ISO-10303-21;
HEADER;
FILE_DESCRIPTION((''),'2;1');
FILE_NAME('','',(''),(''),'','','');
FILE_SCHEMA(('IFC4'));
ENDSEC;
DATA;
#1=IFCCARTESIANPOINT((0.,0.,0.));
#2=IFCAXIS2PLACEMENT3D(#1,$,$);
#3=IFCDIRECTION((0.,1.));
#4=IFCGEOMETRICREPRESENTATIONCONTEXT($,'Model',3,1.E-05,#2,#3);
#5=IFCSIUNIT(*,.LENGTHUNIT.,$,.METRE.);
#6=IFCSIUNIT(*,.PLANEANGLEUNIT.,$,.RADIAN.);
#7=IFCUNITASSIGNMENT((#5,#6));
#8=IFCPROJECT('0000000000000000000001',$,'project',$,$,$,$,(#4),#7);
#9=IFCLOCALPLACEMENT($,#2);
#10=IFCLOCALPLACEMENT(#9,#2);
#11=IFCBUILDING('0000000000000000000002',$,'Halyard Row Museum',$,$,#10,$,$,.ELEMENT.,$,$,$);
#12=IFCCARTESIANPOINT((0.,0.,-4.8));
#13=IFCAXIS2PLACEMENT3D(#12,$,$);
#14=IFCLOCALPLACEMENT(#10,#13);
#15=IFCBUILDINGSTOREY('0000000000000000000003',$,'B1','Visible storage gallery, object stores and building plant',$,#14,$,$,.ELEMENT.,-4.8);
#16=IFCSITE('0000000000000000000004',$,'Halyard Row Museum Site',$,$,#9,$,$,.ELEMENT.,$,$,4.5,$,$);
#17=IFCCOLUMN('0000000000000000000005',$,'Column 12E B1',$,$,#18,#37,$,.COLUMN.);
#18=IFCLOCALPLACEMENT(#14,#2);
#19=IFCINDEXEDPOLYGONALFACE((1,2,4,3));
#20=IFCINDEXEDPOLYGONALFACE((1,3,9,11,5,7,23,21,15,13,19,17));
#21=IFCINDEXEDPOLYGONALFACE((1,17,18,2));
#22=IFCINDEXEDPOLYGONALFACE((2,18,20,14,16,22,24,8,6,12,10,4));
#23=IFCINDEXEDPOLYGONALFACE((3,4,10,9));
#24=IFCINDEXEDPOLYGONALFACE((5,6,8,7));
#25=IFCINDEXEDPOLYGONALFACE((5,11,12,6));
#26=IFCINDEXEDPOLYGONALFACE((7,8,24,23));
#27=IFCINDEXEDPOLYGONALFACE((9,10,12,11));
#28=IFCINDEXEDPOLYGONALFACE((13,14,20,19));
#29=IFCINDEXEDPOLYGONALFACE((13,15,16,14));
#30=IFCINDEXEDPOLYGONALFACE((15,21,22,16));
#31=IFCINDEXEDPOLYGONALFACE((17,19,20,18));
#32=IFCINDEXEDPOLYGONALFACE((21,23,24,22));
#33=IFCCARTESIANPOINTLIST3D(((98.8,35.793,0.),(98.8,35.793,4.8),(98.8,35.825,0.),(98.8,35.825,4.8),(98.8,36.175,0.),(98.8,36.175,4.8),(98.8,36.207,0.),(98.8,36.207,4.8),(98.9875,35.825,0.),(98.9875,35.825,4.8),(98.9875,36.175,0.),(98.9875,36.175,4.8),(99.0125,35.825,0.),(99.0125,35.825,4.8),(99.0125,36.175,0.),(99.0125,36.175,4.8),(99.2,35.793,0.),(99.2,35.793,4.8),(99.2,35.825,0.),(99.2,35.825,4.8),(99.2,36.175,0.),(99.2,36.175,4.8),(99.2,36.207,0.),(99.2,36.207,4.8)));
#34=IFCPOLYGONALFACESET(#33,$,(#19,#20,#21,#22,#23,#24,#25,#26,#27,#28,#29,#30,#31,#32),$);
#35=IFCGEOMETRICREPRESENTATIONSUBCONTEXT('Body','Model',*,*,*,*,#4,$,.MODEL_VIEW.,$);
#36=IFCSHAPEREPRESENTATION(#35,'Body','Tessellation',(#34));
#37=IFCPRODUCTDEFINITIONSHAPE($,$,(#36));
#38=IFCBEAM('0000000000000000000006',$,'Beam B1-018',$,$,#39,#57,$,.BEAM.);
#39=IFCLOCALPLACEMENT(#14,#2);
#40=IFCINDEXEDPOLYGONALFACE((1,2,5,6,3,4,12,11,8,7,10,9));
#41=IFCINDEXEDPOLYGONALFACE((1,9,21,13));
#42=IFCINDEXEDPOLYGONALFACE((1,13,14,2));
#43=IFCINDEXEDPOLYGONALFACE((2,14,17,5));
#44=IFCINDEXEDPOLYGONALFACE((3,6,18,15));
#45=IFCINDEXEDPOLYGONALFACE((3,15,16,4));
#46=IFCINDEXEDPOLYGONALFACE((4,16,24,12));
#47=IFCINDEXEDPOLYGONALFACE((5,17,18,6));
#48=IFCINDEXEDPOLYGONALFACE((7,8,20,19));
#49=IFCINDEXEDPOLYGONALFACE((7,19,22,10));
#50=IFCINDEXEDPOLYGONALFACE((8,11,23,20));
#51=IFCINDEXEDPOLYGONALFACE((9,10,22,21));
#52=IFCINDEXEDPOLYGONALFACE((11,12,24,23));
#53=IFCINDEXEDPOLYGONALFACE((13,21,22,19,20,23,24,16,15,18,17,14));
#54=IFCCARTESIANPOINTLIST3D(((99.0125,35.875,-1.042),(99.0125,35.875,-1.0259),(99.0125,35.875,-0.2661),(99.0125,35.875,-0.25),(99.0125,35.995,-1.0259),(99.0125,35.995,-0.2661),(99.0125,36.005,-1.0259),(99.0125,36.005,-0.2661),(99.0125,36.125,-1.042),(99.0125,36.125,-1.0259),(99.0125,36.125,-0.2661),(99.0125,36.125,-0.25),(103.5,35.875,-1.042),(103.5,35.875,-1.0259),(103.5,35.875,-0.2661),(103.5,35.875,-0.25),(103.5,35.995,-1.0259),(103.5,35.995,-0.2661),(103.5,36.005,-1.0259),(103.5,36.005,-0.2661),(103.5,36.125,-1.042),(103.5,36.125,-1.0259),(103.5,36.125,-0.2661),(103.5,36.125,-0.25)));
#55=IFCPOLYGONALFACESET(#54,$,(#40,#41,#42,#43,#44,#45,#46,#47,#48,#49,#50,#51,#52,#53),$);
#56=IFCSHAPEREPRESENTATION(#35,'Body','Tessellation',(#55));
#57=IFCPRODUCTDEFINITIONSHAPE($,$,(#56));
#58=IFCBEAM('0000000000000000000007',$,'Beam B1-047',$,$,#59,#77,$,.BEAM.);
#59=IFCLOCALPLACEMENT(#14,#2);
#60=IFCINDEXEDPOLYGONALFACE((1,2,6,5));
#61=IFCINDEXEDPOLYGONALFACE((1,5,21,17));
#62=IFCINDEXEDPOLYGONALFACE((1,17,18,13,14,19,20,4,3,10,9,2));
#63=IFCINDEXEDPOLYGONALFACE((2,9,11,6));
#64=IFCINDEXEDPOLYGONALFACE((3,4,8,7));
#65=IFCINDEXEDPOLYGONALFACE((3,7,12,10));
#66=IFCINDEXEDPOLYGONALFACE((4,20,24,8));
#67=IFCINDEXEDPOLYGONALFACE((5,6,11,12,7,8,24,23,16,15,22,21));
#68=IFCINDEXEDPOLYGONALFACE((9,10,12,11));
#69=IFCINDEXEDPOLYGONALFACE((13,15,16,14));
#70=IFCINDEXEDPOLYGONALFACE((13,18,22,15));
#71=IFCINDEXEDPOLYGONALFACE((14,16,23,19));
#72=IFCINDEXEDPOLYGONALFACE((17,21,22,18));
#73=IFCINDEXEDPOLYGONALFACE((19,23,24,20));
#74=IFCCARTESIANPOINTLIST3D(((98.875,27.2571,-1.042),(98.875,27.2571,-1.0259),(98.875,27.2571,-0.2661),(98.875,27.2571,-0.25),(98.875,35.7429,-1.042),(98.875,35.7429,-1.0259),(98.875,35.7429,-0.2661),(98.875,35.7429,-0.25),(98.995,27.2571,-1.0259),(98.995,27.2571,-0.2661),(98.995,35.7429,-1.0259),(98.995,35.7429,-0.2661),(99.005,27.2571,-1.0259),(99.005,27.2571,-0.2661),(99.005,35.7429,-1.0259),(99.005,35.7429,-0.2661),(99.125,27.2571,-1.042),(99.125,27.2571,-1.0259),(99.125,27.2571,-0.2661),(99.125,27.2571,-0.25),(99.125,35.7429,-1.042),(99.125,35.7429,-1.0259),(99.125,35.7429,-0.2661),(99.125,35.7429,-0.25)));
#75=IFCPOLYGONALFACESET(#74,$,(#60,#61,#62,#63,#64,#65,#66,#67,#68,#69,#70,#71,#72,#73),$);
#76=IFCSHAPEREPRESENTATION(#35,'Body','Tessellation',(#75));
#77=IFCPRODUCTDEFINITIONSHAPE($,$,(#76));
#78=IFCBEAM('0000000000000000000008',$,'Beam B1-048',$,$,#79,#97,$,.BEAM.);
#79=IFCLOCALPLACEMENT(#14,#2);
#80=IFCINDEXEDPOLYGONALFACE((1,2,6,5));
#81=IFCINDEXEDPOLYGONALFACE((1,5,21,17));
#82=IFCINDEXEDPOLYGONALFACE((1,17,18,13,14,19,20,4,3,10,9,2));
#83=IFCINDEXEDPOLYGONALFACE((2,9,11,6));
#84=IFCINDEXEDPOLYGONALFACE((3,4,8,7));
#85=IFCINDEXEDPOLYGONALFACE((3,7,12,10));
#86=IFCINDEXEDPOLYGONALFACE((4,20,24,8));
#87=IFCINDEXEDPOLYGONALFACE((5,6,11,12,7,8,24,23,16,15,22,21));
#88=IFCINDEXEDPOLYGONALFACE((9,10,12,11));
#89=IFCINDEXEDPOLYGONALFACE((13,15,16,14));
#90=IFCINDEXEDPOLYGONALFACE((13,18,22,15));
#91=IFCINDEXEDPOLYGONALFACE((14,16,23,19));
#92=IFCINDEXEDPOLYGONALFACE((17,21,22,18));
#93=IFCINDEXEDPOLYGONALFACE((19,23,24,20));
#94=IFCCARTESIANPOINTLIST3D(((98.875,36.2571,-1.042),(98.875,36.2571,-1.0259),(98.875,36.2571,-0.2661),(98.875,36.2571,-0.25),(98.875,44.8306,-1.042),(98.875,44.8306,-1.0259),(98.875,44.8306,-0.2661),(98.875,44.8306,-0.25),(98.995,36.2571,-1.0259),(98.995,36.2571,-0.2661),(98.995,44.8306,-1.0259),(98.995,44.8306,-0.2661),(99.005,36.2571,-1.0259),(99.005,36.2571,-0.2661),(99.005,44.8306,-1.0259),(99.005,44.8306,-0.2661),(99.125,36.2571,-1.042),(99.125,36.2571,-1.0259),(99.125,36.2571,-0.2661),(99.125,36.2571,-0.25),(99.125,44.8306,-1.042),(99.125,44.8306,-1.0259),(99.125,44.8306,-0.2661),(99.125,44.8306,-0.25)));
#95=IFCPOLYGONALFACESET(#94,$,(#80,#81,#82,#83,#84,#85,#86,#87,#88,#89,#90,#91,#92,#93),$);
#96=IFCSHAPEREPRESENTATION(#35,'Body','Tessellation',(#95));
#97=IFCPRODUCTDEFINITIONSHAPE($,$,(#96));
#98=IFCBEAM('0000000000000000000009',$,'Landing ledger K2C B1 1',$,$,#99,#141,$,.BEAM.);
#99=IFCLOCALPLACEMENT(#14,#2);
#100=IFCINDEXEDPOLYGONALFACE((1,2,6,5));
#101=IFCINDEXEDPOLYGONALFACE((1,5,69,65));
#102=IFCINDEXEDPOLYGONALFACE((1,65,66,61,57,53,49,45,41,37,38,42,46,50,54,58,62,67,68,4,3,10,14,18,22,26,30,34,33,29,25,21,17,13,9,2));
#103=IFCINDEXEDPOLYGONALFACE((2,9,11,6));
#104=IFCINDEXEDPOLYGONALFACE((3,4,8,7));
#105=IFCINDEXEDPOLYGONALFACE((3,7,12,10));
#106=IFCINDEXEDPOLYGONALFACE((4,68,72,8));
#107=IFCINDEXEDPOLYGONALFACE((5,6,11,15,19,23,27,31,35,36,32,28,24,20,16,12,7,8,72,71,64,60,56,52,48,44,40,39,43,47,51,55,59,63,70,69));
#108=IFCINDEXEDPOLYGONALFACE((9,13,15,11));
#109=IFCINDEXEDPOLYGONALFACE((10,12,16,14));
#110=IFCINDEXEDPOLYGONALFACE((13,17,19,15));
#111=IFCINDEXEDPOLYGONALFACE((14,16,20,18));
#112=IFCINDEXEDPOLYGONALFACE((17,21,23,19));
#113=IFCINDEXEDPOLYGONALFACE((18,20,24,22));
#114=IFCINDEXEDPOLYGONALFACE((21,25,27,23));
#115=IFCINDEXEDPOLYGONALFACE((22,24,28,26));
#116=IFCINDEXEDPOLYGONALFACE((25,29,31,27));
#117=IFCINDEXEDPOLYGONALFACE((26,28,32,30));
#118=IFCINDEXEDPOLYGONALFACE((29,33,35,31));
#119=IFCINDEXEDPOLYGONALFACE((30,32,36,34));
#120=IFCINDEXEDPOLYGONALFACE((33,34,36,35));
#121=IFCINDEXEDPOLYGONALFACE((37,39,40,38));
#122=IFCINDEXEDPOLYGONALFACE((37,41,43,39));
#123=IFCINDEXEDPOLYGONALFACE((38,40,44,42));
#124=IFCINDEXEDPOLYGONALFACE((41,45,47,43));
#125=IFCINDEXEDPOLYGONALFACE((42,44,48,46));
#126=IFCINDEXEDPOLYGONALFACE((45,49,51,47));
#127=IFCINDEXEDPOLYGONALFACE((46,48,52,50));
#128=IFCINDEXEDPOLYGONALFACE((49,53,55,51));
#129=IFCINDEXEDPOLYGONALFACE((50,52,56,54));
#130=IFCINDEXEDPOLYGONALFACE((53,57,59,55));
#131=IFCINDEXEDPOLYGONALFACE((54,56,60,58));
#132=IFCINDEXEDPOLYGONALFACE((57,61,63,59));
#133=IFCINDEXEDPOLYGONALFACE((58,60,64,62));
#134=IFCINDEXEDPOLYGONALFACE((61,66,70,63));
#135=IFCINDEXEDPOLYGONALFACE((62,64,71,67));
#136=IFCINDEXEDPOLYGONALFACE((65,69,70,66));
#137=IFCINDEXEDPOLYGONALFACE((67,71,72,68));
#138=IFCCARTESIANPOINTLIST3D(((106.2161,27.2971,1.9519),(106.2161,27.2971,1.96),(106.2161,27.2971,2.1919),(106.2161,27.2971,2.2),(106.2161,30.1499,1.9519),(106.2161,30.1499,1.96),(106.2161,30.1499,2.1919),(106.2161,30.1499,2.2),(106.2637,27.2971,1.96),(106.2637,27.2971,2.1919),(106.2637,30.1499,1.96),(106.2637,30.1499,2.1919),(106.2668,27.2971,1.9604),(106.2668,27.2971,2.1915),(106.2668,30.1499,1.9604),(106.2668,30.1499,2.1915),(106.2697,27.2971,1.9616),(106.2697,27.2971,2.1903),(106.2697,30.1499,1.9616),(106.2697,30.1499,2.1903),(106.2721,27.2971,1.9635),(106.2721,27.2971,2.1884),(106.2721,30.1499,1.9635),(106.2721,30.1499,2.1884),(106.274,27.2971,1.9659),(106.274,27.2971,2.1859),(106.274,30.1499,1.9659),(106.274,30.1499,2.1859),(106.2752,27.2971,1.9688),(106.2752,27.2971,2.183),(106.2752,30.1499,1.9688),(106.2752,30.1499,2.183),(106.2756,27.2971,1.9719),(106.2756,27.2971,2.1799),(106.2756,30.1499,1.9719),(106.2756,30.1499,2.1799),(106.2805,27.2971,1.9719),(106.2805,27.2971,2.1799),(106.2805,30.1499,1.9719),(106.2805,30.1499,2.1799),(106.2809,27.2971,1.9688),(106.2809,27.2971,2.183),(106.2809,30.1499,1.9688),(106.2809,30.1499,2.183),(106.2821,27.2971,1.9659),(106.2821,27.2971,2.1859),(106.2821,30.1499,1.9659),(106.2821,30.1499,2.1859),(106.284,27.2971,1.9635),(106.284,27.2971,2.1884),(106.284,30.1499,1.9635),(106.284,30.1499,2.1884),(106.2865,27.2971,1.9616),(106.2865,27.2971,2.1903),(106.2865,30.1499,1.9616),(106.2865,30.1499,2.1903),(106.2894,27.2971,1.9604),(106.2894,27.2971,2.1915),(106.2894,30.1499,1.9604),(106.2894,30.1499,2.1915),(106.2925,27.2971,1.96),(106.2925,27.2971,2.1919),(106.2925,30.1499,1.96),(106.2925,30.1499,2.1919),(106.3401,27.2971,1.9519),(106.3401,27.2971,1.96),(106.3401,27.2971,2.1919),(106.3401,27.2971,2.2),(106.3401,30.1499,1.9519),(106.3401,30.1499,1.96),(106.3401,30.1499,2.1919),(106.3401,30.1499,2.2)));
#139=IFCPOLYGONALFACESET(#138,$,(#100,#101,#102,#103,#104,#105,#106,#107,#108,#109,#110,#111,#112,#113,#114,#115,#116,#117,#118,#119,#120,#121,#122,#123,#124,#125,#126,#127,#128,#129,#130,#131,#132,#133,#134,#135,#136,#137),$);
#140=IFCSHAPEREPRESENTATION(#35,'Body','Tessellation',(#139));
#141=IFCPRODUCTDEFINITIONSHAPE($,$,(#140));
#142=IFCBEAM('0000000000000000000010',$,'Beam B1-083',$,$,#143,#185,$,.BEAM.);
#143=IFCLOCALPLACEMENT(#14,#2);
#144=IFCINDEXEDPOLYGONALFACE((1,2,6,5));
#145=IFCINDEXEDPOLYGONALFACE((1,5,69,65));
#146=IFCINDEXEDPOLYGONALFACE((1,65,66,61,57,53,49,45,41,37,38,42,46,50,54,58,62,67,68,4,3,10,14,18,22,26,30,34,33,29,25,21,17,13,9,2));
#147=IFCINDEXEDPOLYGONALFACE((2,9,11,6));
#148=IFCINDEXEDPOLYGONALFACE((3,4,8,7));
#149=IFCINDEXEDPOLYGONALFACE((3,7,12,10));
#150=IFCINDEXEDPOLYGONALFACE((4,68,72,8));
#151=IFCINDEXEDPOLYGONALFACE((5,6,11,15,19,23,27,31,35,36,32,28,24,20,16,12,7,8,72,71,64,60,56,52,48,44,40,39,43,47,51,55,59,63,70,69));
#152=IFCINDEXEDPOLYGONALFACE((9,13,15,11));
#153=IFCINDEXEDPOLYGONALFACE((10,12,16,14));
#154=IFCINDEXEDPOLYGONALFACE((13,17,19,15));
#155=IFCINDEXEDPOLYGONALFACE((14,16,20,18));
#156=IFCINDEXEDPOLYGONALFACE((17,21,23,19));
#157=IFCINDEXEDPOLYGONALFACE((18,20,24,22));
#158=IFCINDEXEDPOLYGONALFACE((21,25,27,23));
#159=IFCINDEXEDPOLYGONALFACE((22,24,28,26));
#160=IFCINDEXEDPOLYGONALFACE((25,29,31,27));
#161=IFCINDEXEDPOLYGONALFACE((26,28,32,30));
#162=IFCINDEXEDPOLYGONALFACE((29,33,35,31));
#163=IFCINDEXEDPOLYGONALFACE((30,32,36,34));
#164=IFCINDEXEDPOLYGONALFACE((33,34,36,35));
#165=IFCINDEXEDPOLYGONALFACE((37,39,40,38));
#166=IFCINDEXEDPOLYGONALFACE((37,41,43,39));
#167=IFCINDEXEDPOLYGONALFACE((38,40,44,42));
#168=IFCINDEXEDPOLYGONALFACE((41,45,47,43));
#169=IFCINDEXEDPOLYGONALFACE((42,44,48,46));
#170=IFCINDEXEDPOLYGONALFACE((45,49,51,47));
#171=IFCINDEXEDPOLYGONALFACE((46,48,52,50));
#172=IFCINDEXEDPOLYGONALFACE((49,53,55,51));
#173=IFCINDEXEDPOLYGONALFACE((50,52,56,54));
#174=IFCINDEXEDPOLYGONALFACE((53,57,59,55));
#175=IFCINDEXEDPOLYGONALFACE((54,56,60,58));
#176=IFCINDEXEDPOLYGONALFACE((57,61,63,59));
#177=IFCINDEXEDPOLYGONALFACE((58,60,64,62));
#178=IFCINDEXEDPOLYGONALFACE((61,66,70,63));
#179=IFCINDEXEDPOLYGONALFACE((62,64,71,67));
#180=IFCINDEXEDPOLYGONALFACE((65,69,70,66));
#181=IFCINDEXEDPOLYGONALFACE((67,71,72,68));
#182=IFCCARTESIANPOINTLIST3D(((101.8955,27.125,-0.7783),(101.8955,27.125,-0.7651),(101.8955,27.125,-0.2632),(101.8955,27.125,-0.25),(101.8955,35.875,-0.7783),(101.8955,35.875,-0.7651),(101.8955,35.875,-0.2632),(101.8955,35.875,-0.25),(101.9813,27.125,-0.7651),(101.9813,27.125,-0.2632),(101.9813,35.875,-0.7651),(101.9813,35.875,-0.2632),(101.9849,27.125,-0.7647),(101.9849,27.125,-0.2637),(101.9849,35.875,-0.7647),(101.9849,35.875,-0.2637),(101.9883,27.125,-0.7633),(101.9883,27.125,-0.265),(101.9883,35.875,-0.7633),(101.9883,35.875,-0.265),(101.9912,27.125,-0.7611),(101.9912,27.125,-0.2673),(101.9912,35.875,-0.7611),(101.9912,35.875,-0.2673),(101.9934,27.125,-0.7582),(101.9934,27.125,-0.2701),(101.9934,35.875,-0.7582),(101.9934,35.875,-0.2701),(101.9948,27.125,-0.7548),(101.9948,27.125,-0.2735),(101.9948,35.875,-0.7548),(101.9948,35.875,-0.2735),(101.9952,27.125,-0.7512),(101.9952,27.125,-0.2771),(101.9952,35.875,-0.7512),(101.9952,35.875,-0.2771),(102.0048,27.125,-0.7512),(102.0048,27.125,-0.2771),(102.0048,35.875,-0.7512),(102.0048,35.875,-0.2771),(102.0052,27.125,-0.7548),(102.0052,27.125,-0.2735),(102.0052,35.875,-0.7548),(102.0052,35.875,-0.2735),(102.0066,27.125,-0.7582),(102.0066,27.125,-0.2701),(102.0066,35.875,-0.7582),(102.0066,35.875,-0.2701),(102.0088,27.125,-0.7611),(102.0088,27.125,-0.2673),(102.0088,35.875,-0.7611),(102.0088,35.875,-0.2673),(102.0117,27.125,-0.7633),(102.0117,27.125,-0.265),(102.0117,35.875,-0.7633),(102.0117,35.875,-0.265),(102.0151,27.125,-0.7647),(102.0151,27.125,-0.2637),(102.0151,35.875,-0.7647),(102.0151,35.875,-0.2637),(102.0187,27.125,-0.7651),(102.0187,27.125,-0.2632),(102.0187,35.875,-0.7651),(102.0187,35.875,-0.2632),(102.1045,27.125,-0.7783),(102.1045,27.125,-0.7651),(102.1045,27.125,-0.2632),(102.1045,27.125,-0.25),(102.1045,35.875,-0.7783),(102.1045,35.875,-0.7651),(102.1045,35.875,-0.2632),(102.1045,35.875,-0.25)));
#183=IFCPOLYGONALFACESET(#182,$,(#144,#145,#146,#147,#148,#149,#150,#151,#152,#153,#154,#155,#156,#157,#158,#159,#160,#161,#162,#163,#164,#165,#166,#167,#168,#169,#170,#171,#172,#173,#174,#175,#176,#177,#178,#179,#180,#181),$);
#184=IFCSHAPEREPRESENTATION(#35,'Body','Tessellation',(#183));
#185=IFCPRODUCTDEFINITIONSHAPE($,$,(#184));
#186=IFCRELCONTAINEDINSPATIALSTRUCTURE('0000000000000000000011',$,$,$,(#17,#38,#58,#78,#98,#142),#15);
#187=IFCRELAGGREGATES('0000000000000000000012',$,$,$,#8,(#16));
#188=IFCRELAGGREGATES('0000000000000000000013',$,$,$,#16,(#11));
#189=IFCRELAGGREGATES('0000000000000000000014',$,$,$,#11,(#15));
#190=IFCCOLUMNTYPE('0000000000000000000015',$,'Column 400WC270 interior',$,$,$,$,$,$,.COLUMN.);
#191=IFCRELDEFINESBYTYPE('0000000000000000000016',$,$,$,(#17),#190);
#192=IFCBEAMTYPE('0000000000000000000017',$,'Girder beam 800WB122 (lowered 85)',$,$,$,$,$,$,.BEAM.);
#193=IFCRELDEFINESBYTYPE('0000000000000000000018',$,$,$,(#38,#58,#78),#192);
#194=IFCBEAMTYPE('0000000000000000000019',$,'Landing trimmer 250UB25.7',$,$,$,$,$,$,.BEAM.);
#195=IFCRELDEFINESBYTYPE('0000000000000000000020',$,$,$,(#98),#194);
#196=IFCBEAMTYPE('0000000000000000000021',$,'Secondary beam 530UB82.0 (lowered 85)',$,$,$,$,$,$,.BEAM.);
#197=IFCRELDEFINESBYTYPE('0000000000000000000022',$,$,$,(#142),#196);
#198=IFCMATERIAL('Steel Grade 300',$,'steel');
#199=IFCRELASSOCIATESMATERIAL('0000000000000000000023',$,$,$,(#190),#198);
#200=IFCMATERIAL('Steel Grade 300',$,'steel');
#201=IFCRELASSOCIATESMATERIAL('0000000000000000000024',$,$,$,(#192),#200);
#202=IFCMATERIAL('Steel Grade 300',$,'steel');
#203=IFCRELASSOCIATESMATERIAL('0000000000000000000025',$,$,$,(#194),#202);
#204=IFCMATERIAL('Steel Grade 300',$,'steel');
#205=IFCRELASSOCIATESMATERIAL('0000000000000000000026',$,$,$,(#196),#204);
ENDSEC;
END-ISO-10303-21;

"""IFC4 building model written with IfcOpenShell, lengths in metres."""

from ifc_helpers import new_model, si_unit, direction, frame, origin, origin_2d, place, context, subcontext, project, spatial, i_section, extrude, material, material_profile, profile_set, type_object, element, save


model = new_model("IFC4")

# Units and contexts
model_context = context("Model", 3, precision=1e-05, world=origin(), true_north=direction((0.0, 1.0)))
body_context = subcontext(model_context, "Body", "Model", "MODEL_VIEW")
ifc_project = project(units=[si_unit("LENGTHUNIT", "METRE"), si_unit("PLANEANGLEUNIT", "RADIAN")], contexts=[model_context])

# Site, building, storey
site_placement = place(None, origin())
site = spatial("IfcSite", under=ifc_project, at=site_placement, Name="Halyard Row Museum Site", CompositionType="ELEMENT", RefElevation=4.5)
building_placement = place(site_placement, origin())
building = spatial("IfcBuilding", under=site, at=building_placement, Name="Halyard Row Museum", CompositionType="ELEMENT")
storey_placement = place(building_placement, frame((0.0, 0.0, -4.8)))
storey = spatial("IfcBuildingStorey", under=building, at=storey_placement, Name="B1", Description="Visible storage gallery, object stores and building plant", CompositionType="ELEMENT", Elevation=-4.8)

# Column
ifc_material_1 = material(Name="Steel Grade 300", Category="steel")
ifc_material_profile_1 = material_profile(ifc_material_1, i_section(OverallWidth=0.3999, OverallDepth=0.4141, WebThickness=0.0249, FlangeThickness=0.032, at=origin_2d()), Name="400WC270")
ifc_profile_set_1 = profile_set([ifc_material_profile_1], Name="Steel Grade 300")
column_type = type_object("IfcColumnType", Name="Column 400WC270 interior", PredefinedType="COLUMN", material=ifc_profile_set_1)
column_placement = place(storey_placement, frame((99.0, 36.0, 0.0), z_axis=(0.0, 0.0, 1.0), x_axis=(1.0, 0.0, 0.0)))
element("IfcColumn", 1, at=column_placement, inside=storey, type_object=column_type, Name="Column 12E B1", PredefinedType="COLUMN", context=body_context, shape_type="SweptSolid", body=[
    extrude(i_section(OverallWidth=0.3999, OverallDepth=0.4141, WebThickness=0.0249, FlangeThickness=0.032, at=origin_2d()), origin(), (0.0, 0.0, 1.0), 4.8),
])

# Beams
ifc_material_2 = material(Name="Steel Grade 300", Category="steel")
ifc_material_profile_2 = material_profile(ifc_material_2, i_section(OverallWidth=0.25, OverallDepth=0.792, WebThickness=0.01, FlangeThickness=0.0161, at=origin_2d()), Name="800WB122")
ifc_profile_set_2 = profile_set([ifc_material_profile_2], Name="Steel Grade 300")
beam_type_1 = type_object("IfcBeamType", Name="Girder beam 800WB122 (lowered 85)", PredefinedType="BEAM", material=ifc_profile_set_2)
beam_1_placement = place(storey_placement, frame((99.0125, 36.0, -0.646), z_axis=(1.0, 0.0, 0.0), x_axis=(0.0, 1.0, 0.0)))
element("IfcBeam", 2, at=beam_1_placement, inside=storey, type_object=beam_type_1, Name="Beam B1-018", PredefinedType="BEAM", context=body_context, shape_type="SweptSolid", body=[
    extrude(i_section(OverallWidth=0.25, OverallDepth=0.792, WebThickness=0.01, FlangeThickness=0.0161, at=origin_2d()), origin(), (0.0, 0.0, 1.0), 4.4875),
])
beam_2_placement = place(storey_placement, frame((99.0, 27.2571, -0.646), z_axis=(0.0, 1.0, 0.0), x_axis=(-1.0, 0.0, 0.0)))
element("IfcBeam", 3, at=beam_2_placement, inside=storey, type_object=beam_type_1, Name="Beam B1-047", PredefinedType="BEAM", context=body_context, shape_type="SweptSolid", body=[
    extrude(i_section(OverallWidth=0.25, OverallDepth=0.792, WebThickness=0.01, FlangeThickness=0.0161, at=origin_2d()), origin(), (0.0, 0.0, 1.0), 8.4858),
])
beam_3_placement = place(storey_placement, frame((99.0, 36.2571, -0.646), z_axis=(0.0, 1.0, 0.0), x_axis=(-1.0, 0.0, 0.0)))
element("IfcBeam", 4, at=beam_3_placement, inside=storey, type_object=beam_type_1, Name="Beam B1-048", PredefinedType="BEAM", context=body_context, shape_type="SweptSolid", body=[
    extrude(i_section(OverallWidth=0.25, OverallDepth=0.792, WebThickness=0.01, FlangeThickness=0.0161, at=origin_2d()), origin(), (0.0, 0.0, 1.0), 8.5735),
])
ifc_material_3 = material(Name="Steel Grade 300", Category="steel")
ifc_material_profile_3 = material_profile(ifc_material_3, i_section(OverallWidth=0.124, OverallDepth=0.248, WebThickness=0.0049, FlangeThickness=0.0081, FilletRadius=0.012, at=origin_2d()), Name="250UB25.7")
ifc_profile_set_3 = profile_set([ifc_material_profile_3], Name="Steel Grade 300")
beam_type_2 = type_object("IfcBeamType", Name="Landing trimmer 250UB25.7", PredefinedType="BEAM", material=ifc_profile_set_3)
beam_4_placement = place(storey_placement, frame((106.2781, 27.2971, 2.0759), z_axis=(0.0, 1.0, 0.0), x_axis=(-1.0, 0.0, 0.0)))
element("IfcBeam", 5, at=beam_4_placement, inside=storey, type_object=beam_type_2, Name="Landing ledger K2C B1 1", PredefinedType="BEAM", context=body_context, shape_type="SweptSolid", body=[
    extrude(i_section(OverallWidth=0.124, OverallDepth=0.248, WebThickness=0.0049, FlangeThickness=0.0081, FilletRadius=0.012, at=origin_2d()), origin(), (0.0, 0.0, 1.0), 2.8528),
])
ifc_material_4 = material(Name="Steel Grade 300", Category="steel")
ifc_material_profile_4 = material_profile(ifc_material_4, i_section(OverallWidth=0.209, OverallDepth=0.5283, WebThickness=0.0095, FlangeThickness=0.0132, FilletRadius=0.0139, at=origin_2d()), Name="530UB82.0")
ifc_profile_set_4 = profile_set([ifc_material_profile_4], Name="Steel Grade 300")
beam_type_3 = type_object("IfcBeamType", Name="Secondary beam 530UB82.0 (lowered 85)", PredefinedType="BEAM", material=ifc_profile_set_4)
beam_5_placement = place(storey_placement, frame((102.0, 27.125, -0.5142), z_axis=(0.0, 1.0, 0.0), x_axis=(-1.0, 0.0, 0.0)))
element("IfcBeam", 6, at=beam_5_placement, inside=storey, type_object=beam_type_3, Name="Beam B1-083", PredefinedType="BEAM", context=body_context, shape_type="SweptSolid", body=[
    extrude(i_section(OverallWidth=0.209, OverallDepth=0.5283, WebThickness=0.0095, FlangeThickness=0.0132, FilletRadius=0.0139, at=origin_2d()), origin(), (0.0, 0.0, 1.0), 8.75),
])

save(model, "model.ifc")
